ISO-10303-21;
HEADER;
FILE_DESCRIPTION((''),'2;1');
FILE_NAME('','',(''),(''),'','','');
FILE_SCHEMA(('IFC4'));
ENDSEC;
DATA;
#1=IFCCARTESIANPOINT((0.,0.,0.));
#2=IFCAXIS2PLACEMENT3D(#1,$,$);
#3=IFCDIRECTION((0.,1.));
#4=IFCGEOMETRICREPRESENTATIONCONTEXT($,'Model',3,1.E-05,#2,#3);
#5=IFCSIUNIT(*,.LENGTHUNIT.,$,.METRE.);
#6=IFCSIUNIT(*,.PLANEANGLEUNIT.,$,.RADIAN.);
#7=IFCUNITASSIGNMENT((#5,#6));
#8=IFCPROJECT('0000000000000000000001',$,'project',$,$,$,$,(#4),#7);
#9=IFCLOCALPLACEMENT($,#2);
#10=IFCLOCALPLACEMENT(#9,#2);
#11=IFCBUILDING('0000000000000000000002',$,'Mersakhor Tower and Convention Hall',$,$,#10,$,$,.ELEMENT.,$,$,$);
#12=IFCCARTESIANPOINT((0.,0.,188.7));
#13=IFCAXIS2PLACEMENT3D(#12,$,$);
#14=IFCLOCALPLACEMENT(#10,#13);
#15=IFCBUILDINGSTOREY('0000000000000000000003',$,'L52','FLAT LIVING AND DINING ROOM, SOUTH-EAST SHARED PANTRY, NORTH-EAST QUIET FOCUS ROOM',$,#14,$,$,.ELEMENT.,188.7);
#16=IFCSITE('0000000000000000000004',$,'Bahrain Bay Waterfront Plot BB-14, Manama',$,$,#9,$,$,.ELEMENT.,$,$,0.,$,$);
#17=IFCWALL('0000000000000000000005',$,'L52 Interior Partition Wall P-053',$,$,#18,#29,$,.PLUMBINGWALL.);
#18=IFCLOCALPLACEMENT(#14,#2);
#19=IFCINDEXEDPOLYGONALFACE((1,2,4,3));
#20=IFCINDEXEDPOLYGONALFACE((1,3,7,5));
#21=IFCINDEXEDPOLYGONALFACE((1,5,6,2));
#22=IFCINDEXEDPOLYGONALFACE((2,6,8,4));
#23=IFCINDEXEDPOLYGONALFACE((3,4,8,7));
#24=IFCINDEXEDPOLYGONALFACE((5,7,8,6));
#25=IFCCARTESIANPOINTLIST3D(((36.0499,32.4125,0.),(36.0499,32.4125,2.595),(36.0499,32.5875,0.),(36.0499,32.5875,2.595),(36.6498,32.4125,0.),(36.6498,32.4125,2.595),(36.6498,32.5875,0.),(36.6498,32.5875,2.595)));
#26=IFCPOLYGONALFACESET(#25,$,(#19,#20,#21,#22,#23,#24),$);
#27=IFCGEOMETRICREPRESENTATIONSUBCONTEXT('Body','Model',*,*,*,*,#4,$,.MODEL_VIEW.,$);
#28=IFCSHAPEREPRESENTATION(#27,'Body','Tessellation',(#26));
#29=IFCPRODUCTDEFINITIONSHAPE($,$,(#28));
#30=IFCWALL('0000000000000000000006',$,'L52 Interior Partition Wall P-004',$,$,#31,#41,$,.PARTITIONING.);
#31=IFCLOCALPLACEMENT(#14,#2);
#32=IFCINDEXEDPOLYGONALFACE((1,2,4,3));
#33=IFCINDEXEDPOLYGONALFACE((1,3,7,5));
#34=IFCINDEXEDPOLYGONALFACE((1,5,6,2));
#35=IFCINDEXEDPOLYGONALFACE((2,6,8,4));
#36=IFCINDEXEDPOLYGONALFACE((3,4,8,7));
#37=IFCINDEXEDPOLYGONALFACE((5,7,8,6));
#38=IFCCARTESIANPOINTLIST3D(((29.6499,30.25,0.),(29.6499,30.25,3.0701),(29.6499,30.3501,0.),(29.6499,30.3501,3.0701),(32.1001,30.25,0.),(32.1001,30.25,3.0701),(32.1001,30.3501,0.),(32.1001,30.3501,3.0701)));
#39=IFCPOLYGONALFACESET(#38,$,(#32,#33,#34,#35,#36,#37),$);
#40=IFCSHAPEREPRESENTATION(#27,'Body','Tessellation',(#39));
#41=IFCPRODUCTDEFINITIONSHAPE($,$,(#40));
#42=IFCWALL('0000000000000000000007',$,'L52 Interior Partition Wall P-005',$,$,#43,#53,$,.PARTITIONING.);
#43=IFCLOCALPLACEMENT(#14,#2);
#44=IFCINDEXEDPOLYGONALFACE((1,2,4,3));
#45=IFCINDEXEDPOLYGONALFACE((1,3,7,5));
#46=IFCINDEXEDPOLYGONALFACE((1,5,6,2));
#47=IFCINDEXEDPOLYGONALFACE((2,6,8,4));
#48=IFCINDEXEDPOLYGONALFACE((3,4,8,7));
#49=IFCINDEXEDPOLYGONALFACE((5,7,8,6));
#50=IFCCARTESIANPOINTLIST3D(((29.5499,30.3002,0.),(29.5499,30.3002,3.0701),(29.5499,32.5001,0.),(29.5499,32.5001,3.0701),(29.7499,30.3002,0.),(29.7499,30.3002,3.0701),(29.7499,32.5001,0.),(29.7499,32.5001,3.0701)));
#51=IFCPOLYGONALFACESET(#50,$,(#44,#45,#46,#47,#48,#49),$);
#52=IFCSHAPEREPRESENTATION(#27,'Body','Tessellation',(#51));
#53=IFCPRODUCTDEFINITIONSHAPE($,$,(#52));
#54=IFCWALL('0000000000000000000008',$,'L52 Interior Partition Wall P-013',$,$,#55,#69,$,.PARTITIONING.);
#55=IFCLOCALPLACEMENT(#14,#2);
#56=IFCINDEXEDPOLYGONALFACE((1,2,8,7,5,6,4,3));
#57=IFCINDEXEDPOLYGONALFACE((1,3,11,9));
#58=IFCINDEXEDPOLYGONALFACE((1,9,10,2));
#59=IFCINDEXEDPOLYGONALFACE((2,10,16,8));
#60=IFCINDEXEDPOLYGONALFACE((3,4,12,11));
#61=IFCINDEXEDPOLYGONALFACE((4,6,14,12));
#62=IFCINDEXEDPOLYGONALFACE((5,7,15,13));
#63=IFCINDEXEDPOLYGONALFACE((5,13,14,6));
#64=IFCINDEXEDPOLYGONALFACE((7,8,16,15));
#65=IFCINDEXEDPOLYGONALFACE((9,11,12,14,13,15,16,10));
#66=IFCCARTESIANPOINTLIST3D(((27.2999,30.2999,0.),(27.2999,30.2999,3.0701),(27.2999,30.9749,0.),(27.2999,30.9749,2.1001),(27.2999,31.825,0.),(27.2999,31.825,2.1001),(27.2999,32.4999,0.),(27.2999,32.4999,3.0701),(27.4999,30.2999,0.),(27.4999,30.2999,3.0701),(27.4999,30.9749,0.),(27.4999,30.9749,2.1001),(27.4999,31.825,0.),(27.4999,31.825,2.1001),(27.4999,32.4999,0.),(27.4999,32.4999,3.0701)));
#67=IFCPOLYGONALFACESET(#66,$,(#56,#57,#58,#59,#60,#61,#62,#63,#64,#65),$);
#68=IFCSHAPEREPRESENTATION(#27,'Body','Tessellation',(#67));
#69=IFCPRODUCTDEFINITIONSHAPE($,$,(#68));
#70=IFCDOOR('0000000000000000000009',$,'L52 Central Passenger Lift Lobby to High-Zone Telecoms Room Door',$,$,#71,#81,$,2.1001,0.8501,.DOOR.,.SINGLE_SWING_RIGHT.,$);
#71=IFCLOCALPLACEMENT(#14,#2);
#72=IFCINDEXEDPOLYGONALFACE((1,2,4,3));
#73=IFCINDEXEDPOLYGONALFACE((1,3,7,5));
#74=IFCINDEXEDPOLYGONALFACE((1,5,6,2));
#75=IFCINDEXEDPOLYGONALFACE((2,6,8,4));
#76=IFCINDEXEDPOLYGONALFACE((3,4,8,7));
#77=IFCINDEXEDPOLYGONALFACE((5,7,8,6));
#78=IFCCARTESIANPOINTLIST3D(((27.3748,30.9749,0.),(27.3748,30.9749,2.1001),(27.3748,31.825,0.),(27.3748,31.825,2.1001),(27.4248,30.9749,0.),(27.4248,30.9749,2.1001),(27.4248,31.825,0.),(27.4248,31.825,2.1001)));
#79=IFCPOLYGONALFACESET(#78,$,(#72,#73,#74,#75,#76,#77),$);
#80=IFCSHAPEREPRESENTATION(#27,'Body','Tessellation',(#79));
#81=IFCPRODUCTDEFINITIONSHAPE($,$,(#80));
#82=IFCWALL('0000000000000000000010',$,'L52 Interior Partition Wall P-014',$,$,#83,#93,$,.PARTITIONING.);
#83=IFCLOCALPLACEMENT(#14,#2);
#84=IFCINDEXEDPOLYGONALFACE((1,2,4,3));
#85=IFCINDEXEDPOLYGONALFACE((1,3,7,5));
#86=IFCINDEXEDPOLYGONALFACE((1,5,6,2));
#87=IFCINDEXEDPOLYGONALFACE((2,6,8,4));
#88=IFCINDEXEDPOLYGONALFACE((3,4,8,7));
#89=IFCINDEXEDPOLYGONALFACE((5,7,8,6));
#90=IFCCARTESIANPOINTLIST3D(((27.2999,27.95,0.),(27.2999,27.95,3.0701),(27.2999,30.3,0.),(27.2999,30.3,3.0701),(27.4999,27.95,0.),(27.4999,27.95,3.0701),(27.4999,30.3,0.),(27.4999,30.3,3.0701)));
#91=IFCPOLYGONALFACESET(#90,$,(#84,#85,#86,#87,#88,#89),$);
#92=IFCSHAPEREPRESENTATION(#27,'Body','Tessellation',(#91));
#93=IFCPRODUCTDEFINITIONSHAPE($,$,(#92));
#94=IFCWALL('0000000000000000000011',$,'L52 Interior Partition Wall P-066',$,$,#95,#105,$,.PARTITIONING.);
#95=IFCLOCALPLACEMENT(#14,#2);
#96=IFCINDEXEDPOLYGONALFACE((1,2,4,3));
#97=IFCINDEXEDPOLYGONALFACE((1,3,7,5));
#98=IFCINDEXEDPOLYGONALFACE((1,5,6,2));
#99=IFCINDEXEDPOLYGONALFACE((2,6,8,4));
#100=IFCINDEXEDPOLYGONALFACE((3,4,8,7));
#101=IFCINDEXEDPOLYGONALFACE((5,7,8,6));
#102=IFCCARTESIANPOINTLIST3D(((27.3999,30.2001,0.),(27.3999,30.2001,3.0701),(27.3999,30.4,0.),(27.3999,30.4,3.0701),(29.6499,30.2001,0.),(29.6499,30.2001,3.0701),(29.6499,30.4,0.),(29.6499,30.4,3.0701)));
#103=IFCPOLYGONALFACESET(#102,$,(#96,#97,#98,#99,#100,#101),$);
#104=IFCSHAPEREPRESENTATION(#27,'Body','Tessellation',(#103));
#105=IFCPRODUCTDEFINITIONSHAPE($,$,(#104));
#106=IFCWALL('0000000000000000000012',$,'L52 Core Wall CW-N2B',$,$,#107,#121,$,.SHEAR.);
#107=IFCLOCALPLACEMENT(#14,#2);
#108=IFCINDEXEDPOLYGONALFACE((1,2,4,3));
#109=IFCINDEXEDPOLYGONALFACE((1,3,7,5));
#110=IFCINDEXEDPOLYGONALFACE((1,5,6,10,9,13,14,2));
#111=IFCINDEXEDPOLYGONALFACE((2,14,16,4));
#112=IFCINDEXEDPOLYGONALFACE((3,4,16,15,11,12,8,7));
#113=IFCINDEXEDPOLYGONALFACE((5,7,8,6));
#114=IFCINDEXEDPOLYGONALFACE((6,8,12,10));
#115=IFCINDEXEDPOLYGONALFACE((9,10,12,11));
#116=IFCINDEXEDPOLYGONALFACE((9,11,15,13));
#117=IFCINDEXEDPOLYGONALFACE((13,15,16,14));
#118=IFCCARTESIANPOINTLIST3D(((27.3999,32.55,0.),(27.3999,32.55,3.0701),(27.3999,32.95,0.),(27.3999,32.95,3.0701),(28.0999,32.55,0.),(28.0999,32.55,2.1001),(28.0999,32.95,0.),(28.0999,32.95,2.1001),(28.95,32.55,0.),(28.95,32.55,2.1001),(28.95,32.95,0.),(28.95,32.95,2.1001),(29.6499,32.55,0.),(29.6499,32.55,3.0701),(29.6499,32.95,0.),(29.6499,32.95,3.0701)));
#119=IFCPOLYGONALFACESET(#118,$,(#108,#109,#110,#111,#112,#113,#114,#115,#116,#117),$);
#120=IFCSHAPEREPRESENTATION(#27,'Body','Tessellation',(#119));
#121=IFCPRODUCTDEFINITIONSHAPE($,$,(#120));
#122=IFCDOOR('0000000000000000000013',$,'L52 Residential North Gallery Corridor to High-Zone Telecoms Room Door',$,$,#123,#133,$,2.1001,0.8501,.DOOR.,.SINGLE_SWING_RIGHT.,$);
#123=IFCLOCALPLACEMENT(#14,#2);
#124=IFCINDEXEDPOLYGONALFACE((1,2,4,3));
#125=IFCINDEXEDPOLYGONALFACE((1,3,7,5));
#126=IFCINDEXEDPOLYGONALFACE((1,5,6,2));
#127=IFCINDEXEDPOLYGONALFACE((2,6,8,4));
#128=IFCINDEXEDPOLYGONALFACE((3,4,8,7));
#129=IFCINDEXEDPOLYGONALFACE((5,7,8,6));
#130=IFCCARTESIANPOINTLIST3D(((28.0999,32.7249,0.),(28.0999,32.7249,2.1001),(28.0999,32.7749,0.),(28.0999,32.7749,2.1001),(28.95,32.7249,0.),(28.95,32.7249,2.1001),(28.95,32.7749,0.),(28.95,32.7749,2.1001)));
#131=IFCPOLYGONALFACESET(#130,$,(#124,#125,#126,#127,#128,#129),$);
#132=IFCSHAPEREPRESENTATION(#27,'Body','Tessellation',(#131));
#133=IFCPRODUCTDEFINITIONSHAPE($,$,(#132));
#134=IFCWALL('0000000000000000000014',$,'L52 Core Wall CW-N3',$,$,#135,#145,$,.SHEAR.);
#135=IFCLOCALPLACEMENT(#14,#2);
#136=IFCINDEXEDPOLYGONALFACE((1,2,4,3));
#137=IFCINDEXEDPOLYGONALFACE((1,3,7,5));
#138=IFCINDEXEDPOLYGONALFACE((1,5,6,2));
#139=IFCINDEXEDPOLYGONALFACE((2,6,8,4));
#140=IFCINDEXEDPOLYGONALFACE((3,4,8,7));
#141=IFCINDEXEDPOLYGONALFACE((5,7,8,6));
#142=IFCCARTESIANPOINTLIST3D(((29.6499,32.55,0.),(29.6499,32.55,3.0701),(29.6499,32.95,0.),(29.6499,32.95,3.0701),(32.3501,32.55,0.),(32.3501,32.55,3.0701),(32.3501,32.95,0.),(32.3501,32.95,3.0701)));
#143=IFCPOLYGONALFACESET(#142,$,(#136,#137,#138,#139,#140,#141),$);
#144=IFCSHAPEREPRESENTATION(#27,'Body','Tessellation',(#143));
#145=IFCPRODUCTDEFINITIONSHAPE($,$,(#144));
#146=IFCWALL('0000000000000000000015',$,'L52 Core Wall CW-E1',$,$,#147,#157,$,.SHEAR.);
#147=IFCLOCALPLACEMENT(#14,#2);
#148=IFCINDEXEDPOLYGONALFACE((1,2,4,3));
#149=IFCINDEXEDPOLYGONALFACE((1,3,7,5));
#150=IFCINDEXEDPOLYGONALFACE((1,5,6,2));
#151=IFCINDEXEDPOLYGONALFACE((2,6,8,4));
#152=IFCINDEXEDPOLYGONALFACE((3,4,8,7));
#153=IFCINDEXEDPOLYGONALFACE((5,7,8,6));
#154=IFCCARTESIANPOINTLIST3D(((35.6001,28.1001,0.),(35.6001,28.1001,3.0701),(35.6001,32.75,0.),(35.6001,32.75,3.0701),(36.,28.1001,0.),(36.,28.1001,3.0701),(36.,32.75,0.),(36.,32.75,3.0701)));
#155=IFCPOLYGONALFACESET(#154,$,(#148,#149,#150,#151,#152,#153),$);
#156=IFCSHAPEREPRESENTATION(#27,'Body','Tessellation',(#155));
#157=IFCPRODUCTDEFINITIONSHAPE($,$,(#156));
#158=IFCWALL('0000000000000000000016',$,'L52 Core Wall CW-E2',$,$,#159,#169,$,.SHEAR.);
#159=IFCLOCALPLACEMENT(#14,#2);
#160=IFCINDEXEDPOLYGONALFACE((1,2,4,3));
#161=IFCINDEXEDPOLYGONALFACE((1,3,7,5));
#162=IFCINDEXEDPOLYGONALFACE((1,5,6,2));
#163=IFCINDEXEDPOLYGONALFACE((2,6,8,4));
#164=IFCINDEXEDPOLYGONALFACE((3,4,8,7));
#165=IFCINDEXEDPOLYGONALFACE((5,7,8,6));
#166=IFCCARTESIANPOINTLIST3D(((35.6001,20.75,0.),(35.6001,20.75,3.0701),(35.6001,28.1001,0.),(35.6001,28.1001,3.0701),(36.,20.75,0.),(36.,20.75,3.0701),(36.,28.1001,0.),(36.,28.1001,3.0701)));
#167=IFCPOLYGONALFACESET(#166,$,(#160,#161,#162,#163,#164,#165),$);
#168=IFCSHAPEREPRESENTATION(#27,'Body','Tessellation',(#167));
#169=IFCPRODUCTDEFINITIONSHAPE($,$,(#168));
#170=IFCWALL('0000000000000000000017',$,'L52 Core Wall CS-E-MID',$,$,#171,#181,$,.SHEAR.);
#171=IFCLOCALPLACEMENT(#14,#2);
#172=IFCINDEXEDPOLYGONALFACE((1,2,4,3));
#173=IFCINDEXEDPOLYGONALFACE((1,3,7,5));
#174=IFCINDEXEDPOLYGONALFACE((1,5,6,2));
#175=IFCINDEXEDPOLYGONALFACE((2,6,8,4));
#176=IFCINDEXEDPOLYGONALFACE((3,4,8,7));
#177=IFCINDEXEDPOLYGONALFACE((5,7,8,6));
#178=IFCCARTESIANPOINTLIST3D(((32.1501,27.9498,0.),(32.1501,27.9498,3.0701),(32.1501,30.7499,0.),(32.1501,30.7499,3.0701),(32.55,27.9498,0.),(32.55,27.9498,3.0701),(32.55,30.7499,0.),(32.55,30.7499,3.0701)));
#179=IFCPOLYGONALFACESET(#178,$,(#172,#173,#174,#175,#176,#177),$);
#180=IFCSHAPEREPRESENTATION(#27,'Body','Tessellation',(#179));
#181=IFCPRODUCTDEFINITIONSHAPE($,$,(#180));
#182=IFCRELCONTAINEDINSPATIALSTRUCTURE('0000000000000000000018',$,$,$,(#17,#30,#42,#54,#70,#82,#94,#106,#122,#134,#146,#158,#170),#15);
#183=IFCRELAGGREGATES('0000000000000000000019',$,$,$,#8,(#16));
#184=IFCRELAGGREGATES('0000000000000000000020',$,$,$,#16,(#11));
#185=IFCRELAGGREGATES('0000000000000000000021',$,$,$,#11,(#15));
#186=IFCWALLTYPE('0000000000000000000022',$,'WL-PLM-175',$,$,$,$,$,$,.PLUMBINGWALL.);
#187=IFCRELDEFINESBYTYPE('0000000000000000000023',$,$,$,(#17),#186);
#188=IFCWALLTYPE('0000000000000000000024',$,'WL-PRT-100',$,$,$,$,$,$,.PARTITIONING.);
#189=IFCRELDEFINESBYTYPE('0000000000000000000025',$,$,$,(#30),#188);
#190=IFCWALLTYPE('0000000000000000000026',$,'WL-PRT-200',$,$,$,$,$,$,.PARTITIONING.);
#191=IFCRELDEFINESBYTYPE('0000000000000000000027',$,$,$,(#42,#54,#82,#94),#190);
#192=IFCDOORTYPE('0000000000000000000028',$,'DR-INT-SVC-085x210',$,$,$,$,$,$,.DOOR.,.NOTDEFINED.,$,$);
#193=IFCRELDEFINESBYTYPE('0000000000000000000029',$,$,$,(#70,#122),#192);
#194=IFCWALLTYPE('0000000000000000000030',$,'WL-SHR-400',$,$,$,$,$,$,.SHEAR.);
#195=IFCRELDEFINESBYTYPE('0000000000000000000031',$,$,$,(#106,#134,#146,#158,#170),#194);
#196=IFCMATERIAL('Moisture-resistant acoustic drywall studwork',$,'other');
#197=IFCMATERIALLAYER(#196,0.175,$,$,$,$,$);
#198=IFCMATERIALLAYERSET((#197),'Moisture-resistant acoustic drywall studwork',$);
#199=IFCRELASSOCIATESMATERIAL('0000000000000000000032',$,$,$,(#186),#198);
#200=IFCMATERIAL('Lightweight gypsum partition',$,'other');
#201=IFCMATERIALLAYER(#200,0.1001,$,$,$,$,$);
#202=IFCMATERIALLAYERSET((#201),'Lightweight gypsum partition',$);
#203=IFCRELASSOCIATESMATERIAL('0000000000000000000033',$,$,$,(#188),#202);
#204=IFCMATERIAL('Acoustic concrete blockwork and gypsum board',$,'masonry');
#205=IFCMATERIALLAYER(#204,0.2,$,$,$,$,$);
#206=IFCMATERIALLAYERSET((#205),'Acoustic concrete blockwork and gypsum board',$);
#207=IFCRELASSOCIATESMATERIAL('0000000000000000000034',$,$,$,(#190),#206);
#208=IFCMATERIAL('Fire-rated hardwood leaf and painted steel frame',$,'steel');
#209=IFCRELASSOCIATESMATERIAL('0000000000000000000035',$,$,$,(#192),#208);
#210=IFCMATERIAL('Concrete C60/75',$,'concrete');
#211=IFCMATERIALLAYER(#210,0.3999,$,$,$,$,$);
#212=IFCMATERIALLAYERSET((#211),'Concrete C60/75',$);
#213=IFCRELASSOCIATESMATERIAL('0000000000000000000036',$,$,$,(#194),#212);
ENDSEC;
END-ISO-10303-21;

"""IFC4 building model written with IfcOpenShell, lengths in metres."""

from ifc_helpers import new_model, si_unit, direction, frame, frame_2d, origin, place, context, subcontext, project, spatial, rectangle, extrude, material, layer, layer_set, type_object, element, fill, save


model = new_model("IFC4")

# Units and contexts
model_context = context("Model", 3, precision=1e-05, world=origin(), true_north=direction((0.0, 1.0)))
body_context = subcontext(model_context, "Body", "Model", "MODEL_VIEW")
ifc_project = project(units=[si_unit("LENGTHUNIT", "METRE"), si_unit("PLANEANGLEUNIT", "RADIAN")], contexts=[model_context])

# Site, building, storey
site_placement = place(None, origin())
site = spatial("IfcSite", under=ifc_project, at=site_placement, Name="Bahrain Bay Waterfront Plot BB-14, Manama", CompositionType="ELEMENT", RefElevation=0.0)
building_placement = place(site_placement, origin())
building = spatial("IfcBuilding", under=site, at=building_placement, Name="Mersakhor Tower and Convention Hall", CompositionType="ELEMENT")
storey_placement = place(building_placement, frame((0.0, 0.0, 188.7)))
storey = spatial("IfcBuildingStorey", under=building, at=storey_placement, Name="L52", Description="FLAT LIVING AND DINING ROOM, SOUTH-EAST SHARED PANTRY, NORTH-EAST QUIET FOCUS ROOM", CompositionType="ELEMENT", Elevation=188.7)

# Walls
ifc_material_1 = material(Name="Moisture-resistant acoustic drywall studwork", Category="other")
ifc_layer_1 = layer(ifc_material_1, 0.175)
ifc_layer_set_1 = layer_set([ifc_layer_1], Name="Moisture-resistant acoustic drywall studwork")
wall_type_1 = type_object("IfcWallType", Name="WL-PLM-175", PredefinedType="PLUMBINGWALL", material=ifc_layer_set_1)
wall_1_placement = place(storey_placement, frame((36.05, 32.5, 0.0), z_axis=(0.0, 0.0, 1.0), x_axis=(1.0, 0.0, 0.0)))
element("IfcWall", 1, at=wall_1_placement, inside=storey, type_object=wall_type_1, Name="L52 Interior Partition Wall P-053", PredefinedType="PLUMBINGWALL", context=body_context, shape_type="SweptSolid", body=[
    extrude(rectangle(XDim=0.5999, YDim=0.175, at=frame_2d((0.2998, 0.0))), origin(), (0.0, 0.0, 1.0), 2.595),
])
ifc_material_2 = material(Name="Lightweight gypsum partition", Category="other")
ifc_layer_2 = layer(ifc_material_2, 0.1001)
ifc_layer_set_2 = layer_set([ifc_layer_2], Name="Lightweight gypsum partition")
wall_type_2 = type_object("IfcWallType", Name="WL-PRT-100", PredefinedType="PARTITIONING", material=ifc_layer_set_2)
wall_2_placement = place(storey_placement, frame((32.1001, 30.3, 0.0), z_axis=(0.0, 0.0, 1.0), x_axis=(-1.0, 0.0, 0.0)))
element("IfcWall", 2, at=wall_2_placement, inside=storey, type_object=wall_type_2, Name="L52 Interior Partition Wall P-004", PredefinedType="PARTITIONING", context=body_context, shape_type="SweptSolid", body=[
    extrude(rectangle(XDim=2.4502, YDim=0.1001, at=frame_2d((1.2251, 0.0))), origin(), (0.0, 0.0, 1.0), 3.0701),
])
ifc_material_3 = material(Name="Acoustic concrete blockwork and gypsum board", Category="masonry")
ifc_layer_3 = layer(ifc_material_3, 0.2)
ifc_layer_set_3 = layer_set([ifc_layer_3], Name="Acoustic concrete blockwork and gypsum board")
wall_type_3 = type_object("IfcWallType", Name="WL-PRT-200", PredefinedType="PARTITIONING", material=ifc_layer_set_3)
wall_3_placement = place(storey_placement, frame((29.6499, 30.3, 0.0), z_axis=(0.0, 0.0, 1.0), x_axis=(0.0, 1.0, 0.0)))
element("IfcWall", 3, at=wall_3_placement, inside=storey, type_object=wall_type_3, Name="L52 Interior Partition Wall P-005", PredefinedType="PARTITIONING", context=body_context, shape_type="SweptSolid", body=[
    extrude(rectangle(XDim=2.2, YDim=0.2, at=frame_2d((1.1001, 0.0))), origin(), (0.0, 0.0, 1.0), 3.0701),
])

# Wall, opening, door
wall_4_placement = place(storey_placement, frame((27.3999, 32.5, 0.0), z_axis=(0.0, 0.0, 1.0), x_axis=(0.0, -1.0, 0.0)))
wall_4 = element("IfcWall", 4, at=wall_4_placement, inside=storey, type_object=wall_type_3, Name="L52 Interior Partition Wall P-013", PredefinedType="PARTITIONING", context=body_context, shape_type="SweptSolid", body=[
    extrude(rectangle(XDim=2.2, YDim=0.2, at=frame_2d((1.1001, 0.0))), origin(), (0.0, 0.0, 1.0), 3.0701),
])
opening_1_placement = place(wall_4_placement, frame((0.675, 0.0, 0.0)))
opening_1 = element("IfcOpeningElement", 5, at=opening_1_placement, cuts=wall_4, PredefinedType="OPENING", context=body_context, shape_type="SweptSolid", body=[
    extrude(rectangle(XDim=0.8501, YDim=2.1001, at=frame_2d((0.425, 1.05))), frame((0.0, 0.1099, 0.0), z_axis=(0.0, -1.0, 0.0), x_axis=(1.0, 0.0, 0.0)), (0.0, 0.0, 1.0), 0.22),
])
ifc_material_4 = material(Name="Fire-rated hardwood leaf and painted steel frame", Category="steel")
door_type_1 = type_object("IfcDoorType", Name="DR-INT-SVC-085x210", OperationType="NOTDEFINED", PredefinedType="DOOR", material=ifc_material_4)
door_1_placement = place(opening_1_placement, origin())
door_1 = element("IfcDoor", 6, at=door_1_placement, inside=storey, type_object=door_type_1, Name="L52 Central Passenger Lift Lobby to High-Zone Telecoms Room Door", OperationType="SINGLE_SWING_RIGHT", OverallHeight=2.1001, OverallWidth=0.8501, PredefinedType="DOOR", context=body_context, shape_type="SweptSolid", body=[
    extrude(rectangle(XDim=0.8501, YDim=2.1001, at=frame_2d((0.425, 1.05))), frame((0.0, 0.0249, 0.0), z_axis=(0.0, -1.0, 0.0), x_axis=(1.0, 0.0, 0.0)), (0.0, 0.0, 1.0), 0.05),
])
fill(opening_1, door_1)

# Wall
wall_5_placement = place(storey_placement, frame((27.3999, 30.3, 0.0), z_axis=(0.0, 0.0, 1.0), x_axis=(0.0, -1.0, 0.0)))
element("IfcWall", 7, at=wall_5_placement, inside=storey, type_object=wall_type_3, Name="L52 Interior Partition Wall P-014", PredefinedType="PARTITIONING", context=body_context, shape_type="SweptSolid", body=[
    extrude(rectangle(XDim=2.3501, YDim=0.2, at=frame_2d((1.175, 0.0))), origin(), (0.0, 0.0, 1.0), 3.0701),
])

# Wall
wall_6_placement = place(storey_placement, frame((27.3999, 30.3, 0.0), z_axis=(0.0, 0.0, 1.0), x_axis=(1.0, 0.0, 0.0)))
element("IfcWall", 8, at=wall_6_placement, inside=storey, type_object=wall_type_3, Name="L52 Interior Partition Wall P-066", PredefinedType="PARTITIONING", context=body_context, shape_type="SweptSolid", body=[
    extrude(rectangle(XDim=2.25, YDim=0.2, at=frame_2d((1.125, 0.0))), origin(), (0.0, 0.0, 1.0), 3.0701),
])

# Wall, opening, door
ifc_material_5 = material(Name="Concrete C60/75", Category="concrete")
ifc_layer_4 = layer(ifc_material_5, 0.3999)
ifc_layer_set_4 = layer_set([ifc_layer_4], Name="Concrete C60/75")
wall_type_4 = type_object("IfcWallType", Name="WL-SHR-400", PredefinedType="SHEAR", material=ifc_layer_set_4)
wall_7_placement = place(storey_placement, frame((27.3999, 32.75, 0.0), z_axis=(0.0, 0.0, 1.0), x_axis=(1.0, 0.0, 0.0)))
wall_7 = element("IfcWall", 9, at=wall_7_placement, inside=storey, type_object=wall_type_4, Name="L52 Core Wall CW-N2B", PredefinedType="SHEAR", context=body_context, shape_type="SweptSolid", body=[
    extrude(rectangle(XDim=2.25, YDim=0.3999, at=frame_2d((1.125, 0.0))), origin(), (0.0, 0.0, 1.0), 3.0701),
])
opening_2_placement = place(wall_7_placement, frame((0.7, 0.0, 0.0)))
opening_2 = element("IfcOpeningElement", 10, at=opening_2_placement, cuts=wall_7, PredefinedType="OPENING", context=body_context, shape_type="SweptSolid", body=[
    extrude(rectangle(XDim=0.8501, YDim=2.1001, at=frame_2d((0.425, 1.05))), frame((0.0, 0.21, 0.0), z_axis=(0.0, -1.0, 0.0), x_axis=(1.0, 0.0, 0.0)), (0.0, 0.0, 1.0), 0.4199),
])
door_2_placement = place(opening_2_placement, origin())
door_2 = element("IfcDoor", 11, at=door_2_placement, inside=storey, type_object=door_type_1, Name="L52 Residential North Gallery Corridor to High-Zone Telecoms Room Door", OperationType="SINGLE_SWING_RIGHT", OverallHeight=2.1001, OverallWidth=0.8501, PredefinedType="DOOR", context=body_context, shape_type="SweptSolid", body=[
    extrude(rectangle(XDim=0.8501, YDim=2.1001, at=frame_2d((0.425, 1.05))), frame((0.0, 0.0249, 0.0), z_axis=(0.0, -1.0, 0.0), x_axis=(1.0, 0.0, 0.0)), (0.0, 0.0, 1.0), 0.05),
])
fill(opening_2, door_2)

# Wall
wall_8_placement = place(storey_placement, frame((29.6499, 32.75, 0.0), z_axis=(0.0, 0.0, 1.0), x_axis=(1.0, 0.0, 0.0)))
element("IfcWall", 12, at=wall_8_placement, inside=storey, type_object=wall_type_4, Name="L52 Core Wall CW-N3", PredefinedType="SHEAR", context=body_context, shape_type="SweptSolid", body=[
    extrude(rectangle(XDim=2.7002, YDim=0.3999, at=frame_2d((1.3501, 0.0))), origin(), (0.0, 0.0, 1.0), 3.0701),
])

# Walls
wall_9_placement = place(storey_placement, frame((35.8, 32.75, 0.0), z_axis=(0.0, 0.0, 1.0), x_axis=(0.0, -1.0, 0.0)))
element("IfcWall", 13, at=wall_9_placement, inside=storey, type_object=wall_type_4, Name="L52 Core Wall CW-E1", PredefinedType="SHEAR", context=body_context, shape_type="SweptSolid", body=[
    extrude(rectangle(XDim=4.6499, YDim=0.3999, at=frame_2d((2.325, 0.0))), origin(), (0.0, 0.0, 1.0), 3.0701),
])
wall_10_placement = place(storey_placement, frame((35.8, 28.1001, 0.0), z_axis=(0.0, 0.0, 1.0), x_axis=(0.0, -1.0, 0.0)))
element("IfcWall", 14, at=wall_10_placement, inside=storey, type_object=wall_type_4, Name="L52 Core Wall CW-E2", PredefinedType="SHEAR", context=body_context, shape_type="SweptSolid", body=[
    extrude(rectangle(XDim=7.3501, YDim=0.3999, at=frame_2d((3.675, 0.0))), origin(), (0.0, 0.0, 1.0), 3.0701),
])
wall_11_placement = place(storey_placement, frame((32.3501, 27.95, 0.0), z_axis=(0.0, 0.0, 1.0), x_axis=(0.0, 1.0, 0.0)))
element("IfcWall", 15, at=wall_11_placement, inside=storey, type_object=wall_type_4, Name="L52 Core Wall CS-E-MID", PredefinedType="SHEAR", context=body_context, shape_type="SweptSolid", body=[
    extrude(rectangle(XDim=2.8, YDim=0.3999, at=frame_2d((1.3999, 0.0))), origin(), (0.0, 0.0, 1.0), 3.0701),
])

save(model, "model.ifc")
